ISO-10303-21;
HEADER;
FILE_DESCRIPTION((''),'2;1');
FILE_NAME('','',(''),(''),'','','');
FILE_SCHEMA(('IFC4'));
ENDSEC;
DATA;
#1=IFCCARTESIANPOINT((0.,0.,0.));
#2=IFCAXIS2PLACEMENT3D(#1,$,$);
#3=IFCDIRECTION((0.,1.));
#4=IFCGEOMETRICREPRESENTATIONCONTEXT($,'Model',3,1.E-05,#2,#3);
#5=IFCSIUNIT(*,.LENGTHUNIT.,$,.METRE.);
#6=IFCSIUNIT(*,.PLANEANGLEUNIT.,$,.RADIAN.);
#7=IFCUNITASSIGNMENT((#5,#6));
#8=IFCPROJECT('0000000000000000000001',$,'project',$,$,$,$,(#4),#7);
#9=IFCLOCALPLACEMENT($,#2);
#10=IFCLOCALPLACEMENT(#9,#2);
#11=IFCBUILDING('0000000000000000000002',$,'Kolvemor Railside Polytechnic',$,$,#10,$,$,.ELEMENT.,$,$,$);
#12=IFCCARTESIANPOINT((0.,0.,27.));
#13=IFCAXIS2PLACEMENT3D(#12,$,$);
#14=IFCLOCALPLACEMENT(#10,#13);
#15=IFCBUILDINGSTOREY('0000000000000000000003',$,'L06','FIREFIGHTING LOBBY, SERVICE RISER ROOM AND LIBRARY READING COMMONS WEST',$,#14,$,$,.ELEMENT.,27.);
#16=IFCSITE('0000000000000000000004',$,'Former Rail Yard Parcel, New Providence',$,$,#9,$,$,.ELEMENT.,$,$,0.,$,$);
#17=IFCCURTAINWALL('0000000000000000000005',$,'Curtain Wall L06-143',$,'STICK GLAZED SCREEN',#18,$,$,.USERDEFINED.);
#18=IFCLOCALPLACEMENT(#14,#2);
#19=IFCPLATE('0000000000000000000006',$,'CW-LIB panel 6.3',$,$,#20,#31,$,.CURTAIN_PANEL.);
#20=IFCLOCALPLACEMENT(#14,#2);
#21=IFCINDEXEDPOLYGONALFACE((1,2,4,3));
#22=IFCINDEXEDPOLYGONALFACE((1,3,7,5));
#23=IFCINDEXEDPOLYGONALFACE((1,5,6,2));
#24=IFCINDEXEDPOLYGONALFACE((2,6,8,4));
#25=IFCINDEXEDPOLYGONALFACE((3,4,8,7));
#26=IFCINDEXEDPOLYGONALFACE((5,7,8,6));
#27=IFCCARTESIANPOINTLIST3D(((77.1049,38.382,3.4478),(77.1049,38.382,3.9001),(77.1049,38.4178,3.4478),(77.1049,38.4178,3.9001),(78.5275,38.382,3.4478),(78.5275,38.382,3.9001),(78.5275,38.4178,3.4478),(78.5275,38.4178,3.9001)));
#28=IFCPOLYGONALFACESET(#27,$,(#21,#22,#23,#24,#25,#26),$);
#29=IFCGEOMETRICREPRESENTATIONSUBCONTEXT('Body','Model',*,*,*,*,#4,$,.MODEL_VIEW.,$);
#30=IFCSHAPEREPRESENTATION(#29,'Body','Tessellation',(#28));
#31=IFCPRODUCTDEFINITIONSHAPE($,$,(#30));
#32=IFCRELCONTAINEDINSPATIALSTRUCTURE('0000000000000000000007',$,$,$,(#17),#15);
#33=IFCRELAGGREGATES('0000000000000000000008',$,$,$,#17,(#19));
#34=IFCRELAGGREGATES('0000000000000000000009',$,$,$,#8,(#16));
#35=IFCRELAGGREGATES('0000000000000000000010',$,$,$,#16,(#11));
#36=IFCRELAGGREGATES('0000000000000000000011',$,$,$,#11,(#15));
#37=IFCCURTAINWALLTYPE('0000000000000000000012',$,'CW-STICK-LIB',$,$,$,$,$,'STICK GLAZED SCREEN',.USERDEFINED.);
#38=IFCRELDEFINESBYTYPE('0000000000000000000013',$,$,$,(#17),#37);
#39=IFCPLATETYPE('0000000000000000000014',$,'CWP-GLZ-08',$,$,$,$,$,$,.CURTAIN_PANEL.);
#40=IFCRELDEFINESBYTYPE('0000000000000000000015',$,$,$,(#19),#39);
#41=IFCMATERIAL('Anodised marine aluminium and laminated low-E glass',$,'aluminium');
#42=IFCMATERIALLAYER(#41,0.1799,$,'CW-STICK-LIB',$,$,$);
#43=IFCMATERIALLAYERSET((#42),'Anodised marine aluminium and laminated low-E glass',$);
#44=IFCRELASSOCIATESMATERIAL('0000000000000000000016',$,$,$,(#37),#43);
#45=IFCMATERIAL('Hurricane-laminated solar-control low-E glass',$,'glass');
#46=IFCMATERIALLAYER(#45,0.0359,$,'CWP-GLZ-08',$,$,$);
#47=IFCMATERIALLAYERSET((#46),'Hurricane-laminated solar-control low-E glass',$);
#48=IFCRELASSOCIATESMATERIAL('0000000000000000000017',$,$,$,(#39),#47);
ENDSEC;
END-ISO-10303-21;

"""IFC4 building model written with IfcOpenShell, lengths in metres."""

from ifc_helpers import new_model, si_unit, direction, frame, origin, origin_2d, place, context, subcontext, project, spatial, rectangle, extrude, material, layer, layer_set, type_object, element, aggregate, save


model = new_model("IFC4")

# Units and contexts
model_context = context("Model", 3, precision=1e-05, world=origin(), true_north=direction((0.0, 1.0)))
body_context = subcontext(model_context, "Body", "Model", "MODEL_VIEW")
ifc_project = project(units=[si_unit("LENGTHUNIT", "METRE"), si_unit("PLANEANGLEUNIT", "RADIAN")], contexts=[model_context])

# Site, building, storey
site_placement = place(None, origin())
site = spatial("IfcSite", under=ifc_project, at=site_placement, Name="Former Rail Yard Parcel, New Providence", CompositionType="ELEMENT", RefElevation=0.0)
building_placement = place(site_placement, origin())
building = spatial("IfcBuilding", under=site, at=building_placement, Name="Kolvemor Railside Polytechnic", CompositionType="ELEMENT")
storey_placement = place(building_placement, frame((0.0, 0.0, 27.0)))
storey = spatial("IfcBuildingStorey", under=building, at=storey_placement, Name="L06", Description="FIREFIGHTING LOBBY, SERVICE RISER ROOM AND LIBRARY READING COMMONS WEST", CompositionType="ELEMENT", Elevation=27.0)

# Shared definitions
ifc_material_1 = material(Name="Anodised marine aluminium and laminated low-E glass", Category="aluminium")
ifc_layer_1 = layer(ifc_material_1, 0.1799, Name="CW-STICK-LIB")
ifc_layer_set_1 = layer_set([ifc_layer_1], Name="Anodised marine aluminium and laminated low-E glass")
curtain_wall_type = type_object("IfcCurtainWallType", Name="CW-STICK-LIB", ElementType="STICK GLAZED SCREEN", PredefinedType="USERDEFINED", material=ifc_layer_set_1)

# Curtain wall
curtain_wall_1_placement = place(storey_placement, origin())
curtain_wall_1 = element("IfcCurtainWall", 1, at=curtain_wall_1_placement, inside=storey, type_object=curtain_wall_type, Name="Curtain Wall L06-143", ObjectType="STICK GLAZED SCREEN", PredefinedType="USERDEFINED")

# Plate
ifc_material_2 = material(Name="Hurricane-laminated solar-control low-E glass", Category="glass")
ifc_layer_2 = layer(ifc_material_2, 0.0359, Name="CWP-GLZ-08")
ifc_layer_set_2 = layer_set([ifc_layer_2], Name="Hurricane-laminated solar-control low-E glass")
plate_type_1 = type_object("IfcPlateType", Name="CWP-GLZ-08", PredefinedType="CURTAIN_PANEL", material=ifc_layer_set_2)
plate_1_placement = place(storey_placement, frame((77.8162, 38.3999, 3.4478), z_axis=(0.0, 0.0, 1.0), x_axis=(-1.0, 0.0, 0.0)))
plate_1 = element("IfcPlate", 2, at=plate_1_placement, type_object=plate_type_1, Name="CW-LIB panel 6.3", PredefinedType="CURTAIN_PANEL", context=body_context, shape_type="SweptSolid", body=[
    extrude(rectangle(XDim=1.4226, YDim=0.0359, at=origin_2d()), origin(), (0.0, 0.0, 1.0), 0.4524),
])
aggregate(curtain_wall_1, [plate_1])

save(model, "model.ifc")
